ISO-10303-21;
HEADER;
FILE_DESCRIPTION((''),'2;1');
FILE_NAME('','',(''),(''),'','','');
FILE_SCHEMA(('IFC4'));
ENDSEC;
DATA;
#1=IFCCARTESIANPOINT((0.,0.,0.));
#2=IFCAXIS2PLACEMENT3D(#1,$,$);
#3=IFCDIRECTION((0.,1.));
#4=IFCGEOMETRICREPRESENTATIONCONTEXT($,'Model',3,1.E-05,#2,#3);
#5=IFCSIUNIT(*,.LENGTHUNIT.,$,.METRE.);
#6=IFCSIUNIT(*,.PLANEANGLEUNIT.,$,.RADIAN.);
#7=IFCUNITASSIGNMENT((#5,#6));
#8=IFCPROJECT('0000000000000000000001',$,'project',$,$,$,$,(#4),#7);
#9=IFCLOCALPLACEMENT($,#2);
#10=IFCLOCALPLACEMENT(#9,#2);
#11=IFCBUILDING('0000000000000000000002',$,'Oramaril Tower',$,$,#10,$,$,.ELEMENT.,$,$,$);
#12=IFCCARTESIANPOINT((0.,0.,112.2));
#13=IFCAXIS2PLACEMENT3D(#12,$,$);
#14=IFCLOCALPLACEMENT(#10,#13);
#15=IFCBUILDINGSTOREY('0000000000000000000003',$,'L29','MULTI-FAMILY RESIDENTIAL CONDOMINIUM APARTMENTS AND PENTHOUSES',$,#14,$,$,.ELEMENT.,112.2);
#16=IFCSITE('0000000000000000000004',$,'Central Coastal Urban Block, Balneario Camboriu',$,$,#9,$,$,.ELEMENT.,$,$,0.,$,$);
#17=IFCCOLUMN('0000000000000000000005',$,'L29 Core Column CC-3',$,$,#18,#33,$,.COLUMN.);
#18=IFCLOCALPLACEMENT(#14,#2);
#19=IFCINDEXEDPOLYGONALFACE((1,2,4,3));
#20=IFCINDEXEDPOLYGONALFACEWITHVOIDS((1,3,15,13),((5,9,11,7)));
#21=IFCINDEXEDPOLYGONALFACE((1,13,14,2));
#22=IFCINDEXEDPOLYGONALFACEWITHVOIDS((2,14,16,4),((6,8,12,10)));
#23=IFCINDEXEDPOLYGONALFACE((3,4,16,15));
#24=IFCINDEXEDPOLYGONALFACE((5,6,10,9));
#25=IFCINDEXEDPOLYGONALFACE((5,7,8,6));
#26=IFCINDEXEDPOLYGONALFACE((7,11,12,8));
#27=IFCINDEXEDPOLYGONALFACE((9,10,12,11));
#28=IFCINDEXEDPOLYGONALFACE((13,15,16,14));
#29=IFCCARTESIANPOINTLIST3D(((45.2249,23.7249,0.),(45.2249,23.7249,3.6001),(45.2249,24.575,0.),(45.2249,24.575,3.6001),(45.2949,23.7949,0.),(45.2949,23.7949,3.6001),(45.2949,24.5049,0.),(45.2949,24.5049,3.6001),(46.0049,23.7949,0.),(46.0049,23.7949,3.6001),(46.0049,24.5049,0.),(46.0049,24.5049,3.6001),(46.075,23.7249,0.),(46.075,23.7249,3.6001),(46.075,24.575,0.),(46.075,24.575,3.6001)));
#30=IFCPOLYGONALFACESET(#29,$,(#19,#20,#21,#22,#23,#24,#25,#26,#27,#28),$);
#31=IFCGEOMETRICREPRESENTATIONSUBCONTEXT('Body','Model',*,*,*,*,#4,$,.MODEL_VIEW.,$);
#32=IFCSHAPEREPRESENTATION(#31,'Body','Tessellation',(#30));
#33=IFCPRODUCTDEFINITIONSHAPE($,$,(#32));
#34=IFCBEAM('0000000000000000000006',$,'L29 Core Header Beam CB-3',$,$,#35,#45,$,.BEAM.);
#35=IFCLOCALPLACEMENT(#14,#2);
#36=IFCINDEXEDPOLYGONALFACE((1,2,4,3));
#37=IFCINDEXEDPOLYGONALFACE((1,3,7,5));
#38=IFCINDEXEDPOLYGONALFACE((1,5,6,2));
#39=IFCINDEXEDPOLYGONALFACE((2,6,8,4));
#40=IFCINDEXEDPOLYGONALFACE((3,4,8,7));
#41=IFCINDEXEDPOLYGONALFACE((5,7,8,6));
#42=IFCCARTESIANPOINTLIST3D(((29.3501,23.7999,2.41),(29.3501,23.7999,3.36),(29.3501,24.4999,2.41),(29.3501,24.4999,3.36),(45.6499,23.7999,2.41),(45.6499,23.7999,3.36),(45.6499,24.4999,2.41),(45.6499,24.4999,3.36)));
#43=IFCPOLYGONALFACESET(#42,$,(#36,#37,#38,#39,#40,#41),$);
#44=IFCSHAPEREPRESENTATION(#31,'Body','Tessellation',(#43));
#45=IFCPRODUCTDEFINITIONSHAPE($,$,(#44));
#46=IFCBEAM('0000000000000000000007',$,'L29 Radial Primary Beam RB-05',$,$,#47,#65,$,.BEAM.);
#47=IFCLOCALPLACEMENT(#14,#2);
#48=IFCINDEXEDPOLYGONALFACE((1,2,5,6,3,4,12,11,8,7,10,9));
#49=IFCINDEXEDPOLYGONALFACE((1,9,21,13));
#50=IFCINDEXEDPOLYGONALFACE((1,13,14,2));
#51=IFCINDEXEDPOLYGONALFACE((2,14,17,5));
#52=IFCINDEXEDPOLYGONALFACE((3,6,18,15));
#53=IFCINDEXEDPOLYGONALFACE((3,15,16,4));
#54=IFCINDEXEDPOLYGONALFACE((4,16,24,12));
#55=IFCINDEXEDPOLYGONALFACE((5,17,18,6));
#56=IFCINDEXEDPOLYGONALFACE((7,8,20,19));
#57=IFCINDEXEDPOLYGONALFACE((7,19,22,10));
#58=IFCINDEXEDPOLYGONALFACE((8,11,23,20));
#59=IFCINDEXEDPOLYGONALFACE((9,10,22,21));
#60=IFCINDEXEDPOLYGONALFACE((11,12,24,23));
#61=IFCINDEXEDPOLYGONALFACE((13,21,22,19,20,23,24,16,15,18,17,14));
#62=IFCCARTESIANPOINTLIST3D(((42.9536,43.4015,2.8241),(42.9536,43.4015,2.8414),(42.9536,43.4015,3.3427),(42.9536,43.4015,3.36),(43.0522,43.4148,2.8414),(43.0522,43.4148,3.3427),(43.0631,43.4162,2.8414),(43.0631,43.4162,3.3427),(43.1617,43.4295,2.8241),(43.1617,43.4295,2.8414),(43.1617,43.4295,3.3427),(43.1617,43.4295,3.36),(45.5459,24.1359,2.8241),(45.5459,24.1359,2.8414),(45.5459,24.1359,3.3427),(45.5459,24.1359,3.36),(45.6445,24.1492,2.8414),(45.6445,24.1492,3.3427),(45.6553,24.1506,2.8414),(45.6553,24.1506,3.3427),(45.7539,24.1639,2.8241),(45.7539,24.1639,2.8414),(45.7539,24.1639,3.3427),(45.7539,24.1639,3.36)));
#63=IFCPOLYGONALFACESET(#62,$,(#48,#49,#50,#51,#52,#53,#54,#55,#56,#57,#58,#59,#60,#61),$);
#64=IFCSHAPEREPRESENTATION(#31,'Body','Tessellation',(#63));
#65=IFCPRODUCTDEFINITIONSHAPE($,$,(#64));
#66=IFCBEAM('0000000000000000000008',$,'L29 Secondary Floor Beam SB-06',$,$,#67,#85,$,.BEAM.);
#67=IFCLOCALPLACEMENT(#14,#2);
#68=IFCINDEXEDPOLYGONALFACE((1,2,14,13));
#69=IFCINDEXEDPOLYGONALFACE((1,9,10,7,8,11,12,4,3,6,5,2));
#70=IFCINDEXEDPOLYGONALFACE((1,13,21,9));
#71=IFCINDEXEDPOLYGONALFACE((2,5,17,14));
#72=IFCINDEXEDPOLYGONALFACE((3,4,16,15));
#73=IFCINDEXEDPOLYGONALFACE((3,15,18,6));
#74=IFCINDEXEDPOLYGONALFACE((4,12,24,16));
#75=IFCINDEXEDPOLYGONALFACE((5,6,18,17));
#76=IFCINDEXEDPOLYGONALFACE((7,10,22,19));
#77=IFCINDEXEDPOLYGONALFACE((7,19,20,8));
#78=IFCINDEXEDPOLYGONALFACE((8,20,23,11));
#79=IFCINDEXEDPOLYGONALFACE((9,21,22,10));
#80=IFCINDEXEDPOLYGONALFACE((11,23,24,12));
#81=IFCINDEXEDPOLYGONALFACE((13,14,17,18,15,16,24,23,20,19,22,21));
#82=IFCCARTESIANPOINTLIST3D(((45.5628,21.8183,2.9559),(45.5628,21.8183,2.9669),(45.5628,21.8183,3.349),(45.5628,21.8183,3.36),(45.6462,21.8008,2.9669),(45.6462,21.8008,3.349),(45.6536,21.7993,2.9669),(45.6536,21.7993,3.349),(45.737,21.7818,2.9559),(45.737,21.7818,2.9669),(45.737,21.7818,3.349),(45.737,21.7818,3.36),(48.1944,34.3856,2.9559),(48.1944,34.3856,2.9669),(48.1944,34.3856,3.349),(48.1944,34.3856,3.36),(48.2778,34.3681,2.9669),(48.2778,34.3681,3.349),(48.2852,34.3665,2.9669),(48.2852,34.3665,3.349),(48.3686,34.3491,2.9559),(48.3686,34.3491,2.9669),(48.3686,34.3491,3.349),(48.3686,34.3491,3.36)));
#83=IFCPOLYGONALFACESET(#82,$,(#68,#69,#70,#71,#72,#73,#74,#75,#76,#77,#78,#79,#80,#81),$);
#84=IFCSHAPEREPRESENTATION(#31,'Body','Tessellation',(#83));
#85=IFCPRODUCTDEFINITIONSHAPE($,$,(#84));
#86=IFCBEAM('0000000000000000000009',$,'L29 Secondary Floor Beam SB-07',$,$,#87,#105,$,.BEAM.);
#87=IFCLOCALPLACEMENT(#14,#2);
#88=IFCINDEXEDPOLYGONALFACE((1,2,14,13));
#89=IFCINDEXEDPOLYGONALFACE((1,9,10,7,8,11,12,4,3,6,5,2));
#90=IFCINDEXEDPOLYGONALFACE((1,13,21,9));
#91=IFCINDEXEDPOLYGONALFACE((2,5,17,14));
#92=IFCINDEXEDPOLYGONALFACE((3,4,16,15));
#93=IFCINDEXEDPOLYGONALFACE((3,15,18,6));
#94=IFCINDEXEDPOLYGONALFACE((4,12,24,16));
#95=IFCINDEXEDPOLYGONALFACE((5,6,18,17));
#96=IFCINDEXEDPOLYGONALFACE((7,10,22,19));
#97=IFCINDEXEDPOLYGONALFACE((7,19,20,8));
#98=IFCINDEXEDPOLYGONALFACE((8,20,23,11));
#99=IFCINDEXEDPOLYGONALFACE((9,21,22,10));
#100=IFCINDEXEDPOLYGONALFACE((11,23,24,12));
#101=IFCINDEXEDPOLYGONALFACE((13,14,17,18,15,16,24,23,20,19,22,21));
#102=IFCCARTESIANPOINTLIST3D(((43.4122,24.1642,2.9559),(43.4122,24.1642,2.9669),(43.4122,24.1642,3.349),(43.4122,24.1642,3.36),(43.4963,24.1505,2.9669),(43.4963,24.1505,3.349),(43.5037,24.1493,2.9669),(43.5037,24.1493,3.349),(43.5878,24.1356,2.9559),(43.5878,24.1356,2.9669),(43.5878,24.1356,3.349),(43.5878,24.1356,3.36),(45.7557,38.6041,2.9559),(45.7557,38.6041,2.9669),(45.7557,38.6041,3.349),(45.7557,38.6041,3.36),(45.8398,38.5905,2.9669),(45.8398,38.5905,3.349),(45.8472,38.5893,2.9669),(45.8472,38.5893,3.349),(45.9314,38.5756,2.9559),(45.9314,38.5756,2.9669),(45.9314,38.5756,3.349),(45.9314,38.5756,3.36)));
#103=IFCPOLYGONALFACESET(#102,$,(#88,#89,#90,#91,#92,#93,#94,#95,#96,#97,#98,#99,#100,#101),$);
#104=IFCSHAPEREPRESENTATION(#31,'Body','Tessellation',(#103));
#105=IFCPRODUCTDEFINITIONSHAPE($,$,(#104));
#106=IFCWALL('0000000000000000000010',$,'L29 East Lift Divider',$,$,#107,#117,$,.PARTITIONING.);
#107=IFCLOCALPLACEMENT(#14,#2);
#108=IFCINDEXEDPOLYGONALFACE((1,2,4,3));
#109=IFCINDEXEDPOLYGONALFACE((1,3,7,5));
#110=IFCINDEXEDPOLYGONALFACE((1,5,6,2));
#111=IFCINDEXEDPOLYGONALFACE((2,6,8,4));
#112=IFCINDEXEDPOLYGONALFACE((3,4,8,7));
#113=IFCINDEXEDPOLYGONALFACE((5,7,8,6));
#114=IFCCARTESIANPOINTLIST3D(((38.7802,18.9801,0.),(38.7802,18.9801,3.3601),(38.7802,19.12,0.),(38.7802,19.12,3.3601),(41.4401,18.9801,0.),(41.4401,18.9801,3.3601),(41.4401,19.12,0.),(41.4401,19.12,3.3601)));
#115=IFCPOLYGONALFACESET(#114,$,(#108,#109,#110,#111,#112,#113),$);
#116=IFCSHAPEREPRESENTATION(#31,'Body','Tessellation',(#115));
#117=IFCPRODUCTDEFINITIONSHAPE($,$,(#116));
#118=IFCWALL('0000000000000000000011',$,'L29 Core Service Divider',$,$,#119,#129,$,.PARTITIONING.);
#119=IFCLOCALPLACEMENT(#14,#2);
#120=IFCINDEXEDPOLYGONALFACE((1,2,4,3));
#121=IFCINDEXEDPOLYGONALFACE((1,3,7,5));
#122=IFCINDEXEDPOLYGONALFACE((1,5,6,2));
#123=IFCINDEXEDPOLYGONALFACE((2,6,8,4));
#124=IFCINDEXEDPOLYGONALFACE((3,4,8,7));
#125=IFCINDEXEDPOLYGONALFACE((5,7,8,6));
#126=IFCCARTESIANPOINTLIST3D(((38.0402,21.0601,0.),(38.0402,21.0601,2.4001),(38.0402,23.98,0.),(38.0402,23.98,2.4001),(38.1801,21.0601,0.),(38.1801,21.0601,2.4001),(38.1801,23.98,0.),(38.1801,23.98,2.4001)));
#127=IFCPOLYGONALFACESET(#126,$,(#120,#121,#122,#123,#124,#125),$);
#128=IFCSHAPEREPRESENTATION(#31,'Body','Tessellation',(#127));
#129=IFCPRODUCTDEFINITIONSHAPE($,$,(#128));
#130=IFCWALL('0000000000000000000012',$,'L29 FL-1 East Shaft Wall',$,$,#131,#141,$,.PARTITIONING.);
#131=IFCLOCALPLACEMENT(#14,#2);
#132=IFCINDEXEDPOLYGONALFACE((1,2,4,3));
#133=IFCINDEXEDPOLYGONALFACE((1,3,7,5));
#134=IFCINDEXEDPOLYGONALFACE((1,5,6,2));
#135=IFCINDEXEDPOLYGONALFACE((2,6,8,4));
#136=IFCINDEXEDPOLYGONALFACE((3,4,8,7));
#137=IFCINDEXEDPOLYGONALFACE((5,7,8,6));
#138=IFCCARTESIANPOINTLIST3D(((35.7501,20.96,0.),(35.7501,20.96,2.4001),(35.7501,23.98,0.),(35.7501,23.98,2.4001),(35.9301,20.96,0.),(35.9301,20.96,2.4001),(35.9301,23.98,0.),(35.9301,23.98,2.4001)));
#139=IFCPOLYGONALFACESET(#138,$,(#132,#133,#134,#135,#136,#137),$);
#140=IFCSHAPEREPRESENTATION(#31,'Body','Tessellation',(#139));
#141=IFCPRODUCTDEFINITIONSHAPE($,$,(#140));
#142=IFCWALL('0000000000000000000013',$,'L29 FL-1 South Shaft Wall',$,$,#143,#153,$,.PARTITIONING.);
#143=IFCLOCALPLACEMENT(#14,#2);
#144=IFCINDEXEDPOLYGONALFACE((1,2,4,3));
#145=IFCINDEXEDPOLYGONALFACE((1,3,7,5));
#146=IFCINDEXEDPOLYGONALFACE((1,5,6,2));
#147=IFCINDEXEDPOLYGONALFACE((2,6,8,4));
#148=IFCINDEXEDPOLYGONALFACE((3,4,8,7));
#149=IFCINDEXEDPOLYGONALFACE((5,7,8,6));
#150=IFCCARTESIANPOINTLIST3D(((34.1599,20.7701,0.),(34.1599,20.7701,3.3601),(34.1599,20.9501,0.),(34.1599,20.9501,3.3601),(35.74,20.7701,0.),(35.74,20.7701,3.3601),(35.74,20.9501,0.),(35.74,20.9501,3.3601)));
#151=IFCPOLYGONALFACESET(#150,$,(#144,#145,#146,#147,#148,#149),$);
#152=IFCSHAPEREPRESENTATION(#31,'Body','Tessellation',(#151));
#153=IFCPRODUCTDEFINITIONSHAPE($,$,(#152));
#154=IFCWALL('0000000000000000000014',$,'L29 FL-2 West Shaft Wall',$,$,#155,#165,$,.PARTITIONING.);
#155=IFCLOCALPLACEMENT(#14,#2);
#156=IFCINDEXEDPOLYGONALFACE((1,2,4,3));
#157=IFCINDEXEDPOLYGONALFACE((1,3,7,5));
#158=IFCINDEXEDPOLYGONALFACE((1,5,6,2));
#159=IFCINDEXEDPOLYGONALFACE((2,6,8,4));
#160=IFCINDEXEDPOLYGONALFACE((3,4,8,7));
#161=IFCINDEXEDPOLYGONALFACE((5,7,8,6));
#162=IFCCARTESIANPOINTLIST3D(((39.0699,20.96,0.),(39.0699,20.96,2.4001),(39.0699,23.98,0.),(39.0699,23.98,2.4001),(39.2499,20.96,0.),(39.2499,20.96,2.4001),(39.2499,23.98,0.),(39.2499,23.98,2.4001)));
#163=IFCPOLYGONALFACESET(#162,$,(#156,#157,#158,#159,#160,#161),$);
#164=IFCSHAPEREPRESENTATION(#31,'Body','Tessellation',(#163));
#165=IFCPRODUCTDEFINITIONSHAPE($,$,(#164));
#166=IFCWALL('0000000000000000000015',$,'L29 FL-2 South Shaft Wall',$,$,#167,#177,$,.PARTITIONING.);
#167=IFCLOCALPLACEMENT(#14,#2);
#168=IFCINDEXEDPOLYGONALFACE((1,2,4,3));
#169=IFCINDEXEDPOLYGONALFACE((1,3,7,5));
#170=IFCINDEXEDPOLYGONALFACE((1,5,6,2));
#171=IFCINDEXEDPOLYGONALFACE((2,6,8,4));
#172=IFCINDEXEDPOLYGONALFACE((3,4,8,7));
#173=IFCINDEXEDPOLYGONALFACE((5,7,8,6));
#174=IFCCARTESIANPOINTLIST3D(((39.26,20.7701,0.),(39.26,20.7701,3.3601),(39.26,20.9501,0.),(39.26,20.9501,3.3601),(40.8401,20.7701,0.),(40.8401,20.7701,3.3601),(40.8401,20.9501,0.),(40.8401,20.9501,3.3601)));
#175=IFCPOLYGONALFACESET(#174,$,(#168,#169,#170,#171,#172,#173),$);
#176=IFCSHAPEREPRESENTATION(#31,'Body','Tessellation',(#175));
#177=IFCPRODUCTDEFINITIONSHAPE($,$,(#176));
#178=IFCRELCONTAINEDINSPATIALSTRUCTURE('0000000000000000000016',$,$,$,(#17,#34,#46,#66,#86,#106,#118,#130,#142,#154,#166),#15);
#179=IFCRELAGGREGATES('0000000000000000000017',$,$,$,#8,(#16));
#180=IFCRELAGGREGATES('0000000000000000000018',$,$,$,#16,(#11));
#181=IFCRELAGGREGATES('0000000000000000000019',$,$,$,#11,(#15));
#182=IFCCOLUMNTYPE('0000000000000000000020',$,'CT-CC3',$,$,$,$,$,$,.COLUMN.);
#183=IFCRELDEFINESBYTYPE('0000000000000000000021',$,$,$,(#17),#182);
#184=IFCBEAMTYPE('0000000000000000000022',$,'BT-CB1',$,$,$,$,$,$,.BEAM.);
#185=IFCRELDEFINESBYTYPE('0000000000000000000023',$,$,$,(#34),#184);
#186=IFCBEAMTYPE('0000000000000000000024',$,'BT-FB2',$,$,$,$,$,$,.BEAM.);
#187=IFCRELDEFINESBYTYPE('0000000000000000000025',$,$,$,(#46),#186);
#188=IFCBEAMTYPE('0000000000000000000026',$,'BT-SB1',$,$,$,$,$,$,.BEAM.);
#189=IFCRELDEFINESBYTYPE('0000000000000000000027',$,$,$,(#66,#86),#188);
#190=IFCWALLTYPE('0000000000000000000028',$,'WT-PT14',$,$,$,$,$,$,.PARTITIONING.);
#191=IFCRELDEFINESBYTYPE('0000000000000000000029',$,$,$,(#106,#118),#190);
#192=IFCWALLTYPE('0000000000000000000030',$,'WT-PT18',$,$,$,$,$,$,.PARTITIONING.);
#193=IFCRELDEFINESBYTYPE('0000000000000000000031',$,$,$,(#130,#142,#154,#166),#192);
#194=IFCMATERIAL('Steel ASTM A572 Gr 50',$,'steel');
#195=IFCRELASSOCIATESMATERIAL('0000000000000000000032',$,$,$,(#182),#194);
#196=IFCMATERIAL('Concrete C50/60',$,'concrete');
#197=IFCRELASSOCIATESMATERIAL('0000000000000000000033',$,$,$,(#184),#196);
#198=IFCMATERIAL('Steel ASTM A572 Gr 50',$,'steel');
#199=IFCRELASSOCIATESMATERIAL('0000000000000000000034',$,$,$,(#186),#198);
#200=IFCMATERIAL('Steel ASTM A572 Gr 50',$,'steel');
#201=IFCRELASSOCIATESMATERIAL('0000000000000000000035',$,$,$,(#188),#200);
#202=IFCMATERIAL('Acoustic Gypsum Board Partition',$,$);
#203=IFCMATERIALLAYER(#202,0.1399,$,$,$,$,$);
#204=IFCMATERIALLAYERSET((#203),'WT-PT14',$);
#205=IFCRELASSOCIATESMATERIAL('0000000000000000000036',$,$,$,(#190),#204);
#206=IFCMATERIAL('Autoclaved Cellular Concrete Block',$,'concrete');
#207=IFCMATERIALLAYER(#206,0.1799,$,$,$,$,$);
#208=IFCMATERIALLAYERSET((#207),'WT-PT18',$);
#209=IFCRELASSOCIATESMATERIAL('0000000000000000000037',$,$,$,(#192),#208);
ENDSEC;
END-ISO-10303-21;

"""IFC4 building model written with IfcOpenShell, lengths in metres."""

from ifc_helpers import new_model, si_unit, direction, frame, frame_2d, origin, origin_2d, place, context, subcontext, project, spatial, rectangle, hollow_rectangle, i_section, extrude, material, layer, layer_set, material_profile, profile_set, type_object, element, save


model = new_model("IFC4")

# Units and contexts
model_context = context("Model", 3, precision=1e-05, world=origin(), true_north=direction((0.0, 1.0)))
body_context = subcontext(model_context, "Body", "Model", "MODEL_VIEW")
ifc_project = project(units=[si_unit("LENGTHUNIT", "METRE"), si_unit("PLANEANGLEUNIT", "RADIAN")], contexts=[model_context])

# Site, building, storey
site_placement = place(None, origin())
site = spatial("IfcSite", under=ifc_project, at=site_placement, Name="Central Coastal Urban Block, Balneario Camboriu", CompositionType="ELEMENT", RefElevation=0.0)
building_placement = place(site_placement, origin())
building = spatial("IfcBuilding", under=site, at=building_placement, Name="Oramaril Tower", CompositionType="ELEMENT")
storey_placement = place(building_placement, frame((0.0, 0.0, 112.2)))
storey = spatial("IfcBuildingStorey", under=building, at=storey_placement, Name="L29", Description="MULTI-FAMILY RESIDENTIAL CONDOMINIUM APARTMENTS AND PENTHOUSES", CompositionType="ELEMENT", Elevation=112.2)

# Column
ifc_material_1 = material(Name="Steel ASTM A572 Gr 50", Category="steel")
ifc_material_profile_1 = material_profile(ifc_material_1, hollow_rectangle(XDim=0.8501, YDim=0.8501, WallThickness=0.0701, at=origin_2d()), Name="BOX850X850X70")
ifc_profile_set_1 = profile_set([ifc_material_profile_1], Name="Steel ASTM A572 Gr 50")
column_type = type_object("IfcColumnType", Name="CT-CC3", PredefinedType="COLUMN", material=ifc_profile_set_1)
column_placement = place(storey_placement, frame((45.6499, 24.1499, 0.0), z_axis=(0.0, 0.0, 1.0), x_axis=(1.0, 0.0, 0.0)))
element("IfcColumn", 1, at=column_placement, inside=storey, type_object=column_type, Name="L29 Core Column CC-3", PredefinedType="COLUMN", context=body_context, shape_type="SweptSolid", body=[
    extrude(hollow_rectangle(XDim=0.8501, YDim=0.8501, WallThickness=0.0701, at=origin_2d()), origin(), (0.0, 0.0, 1.0), 3.6001),
])

# Beams
ifc_material_2 = material(Name="Concrete C50/60", Category="concrete")
ifc_material_profile_2 = material_profile(ifc_material_2, rectangle(XDim=0.7, YDim=0.95, at=origin_2d()), Name="CB700X950")
ifc_profile_set_2 = profile_set([ifc_material_profile_2], Name="Concrete C50/60")
beam_type_1 = type_object("IfcBeamType", Name="BT-CB1", PredefinedType="BEAM", material=ifc_profile_set_2)
beam_1_placement = place(storey_placement, frame((45.6499, 24.1499, 2.885), z_axis=(-1.0, 0.0, 0.0), x_axis=(0.0, -1.0, 0.0)))
element("IfcBeam", 2, at=beam_1_placement, inside=storey, type_object=beam_type_1, Name="L29 Core Header Beam CB-3", PredefinedType="BEAM", context=body_context, shape_type="SweptSolid", body=[
    extrude(rectangle(XDim=0.7, YDim=0.95, at=origin_2d()), origin(), (0.0, 0.0, 1.0), 16.2998),
])
ifc_material_3 = material(Name="Steel ASTM A572 Gr 50", Category="steel")
ifc_material_profile_3 = material_profile(ifc_material_3, i_section(OverallWidth=0.21, OverallDepth=0.5359, WebThickness=0.011, FlangeThickness=0.0173, at=origin_2d()), Name="W21X68")
ifc_profile_set_3 = profile_set([ifc_material_profile_3], Name="Steel ASTM A572 Gr 50")
beam_type_2 = type_object("IfcBeamType", Name="BT-FB2", PredefinedType="BEAM", material=ifc_profile_set_3)
beam_2_placement = place(storey_placement, frame((45.6499, 24.1499, 3.092), z_axis=(-0.133353, 0.991069, 0.0), x_axis=(-0.991069, -0.133353, 0.0)))
element("IfcBeam", 3, at=beam_2_placement, inside=storey, type_object=beam_type_2, Name="L29 Radial Primary Beam RB-05", PredefinedType="BEAM", context=body_context, shape_type="SweptSolid", body=[
    extrude(i_section(OverallWidth=0.21, OverallDepth=0.5359, WebThickness=0.011, FlangeThickness=0.0173, at=origin_2d()), origin(), (0.0, 0.0, 1.0), 19.4392),
])
ifc_material_4 = material(Name="Steel ASTM A572 Gr 50", Category="steel")
ifc_material_profile_4 = material_profile(ifc_material_4, i_section(OverallWidth=0.178, OverallDepth=0.4041, WebThickness=0.0076, FlangeThickness=0.011, at=origin_2d()), Name="W16X36")
ifc_profile_set_4 = profile_set([ifc_material_profile_4], Name="Steel ASTM A572 Gr 50")
beam_type_3 = type_object("IfcBeamType", Name="BT-SB1", PredefinedType="BEAM", material=ifc_profile_set_4)
beam_3_placement = place(storey_placement, frame((45.6499, 21.8, 3.158), z_axis=(0.204953, 0.978772, 0.0), x_axis=(-0.978772, 0.204953, 0.0)))
element("IfcBeam", 4, at=beam_3_placement, inside=storey, type_object=beam_type_3, Name="L29 Secondary Floor Beam SB-06", PredefinedType="BEAM", context=body_context, shape_type="SweptSolid", body=[
    extrude(i_section(OverallWidth=0.178, OverallDepth=0.4041, WebThickness=0.0076, FlangeThickness=0.011, at=origin_2d()), origin(), (0.0, 0.0, 1.0), 12.8398),
])
beam_4_placement = place(storey_placement, frame((43.5, 24.1499, 3.158), z_axis=(0.160197, 0.987085, 0.0), x_axis=(-0.987085, 0.160197, 0.0)))
element("IfcBeam", 5, at=beam_4_placement, inside=storey, type_object=beam_type_3, Name="L29 Secondary Floor Beam SB-07", PredefinedType="BEAM", context=body_context, shape_type="SweptSolid", body=[
    extrude(i_section(OverallWidth=0.178, OverallDepth=0.4041, WebThickness=0.0076, FlangeThickness=0.011, at=origin_2d()), origin(), (0.0, 0.0, 1.0), 14.6289),
])

# Walls
ifc_material_5 = material(Name="Acoustic Gypsum Board Partition")
ifc_layer_1 = layer(ifc_material_5, 0.1399)
ifc_layer_set_1 = layer_set([ifc_layer_1], Name="WT-PT14")
wall_type_1 = type_object("IfcWallType", Name="WT-PT14", PredefinedType="PARTITIONING", material=ifc_layer_set_1)
wall_1_placement = place(storey_placement, frame((38.78, 19.05, 0.0), z_axis=(0.0, 0.0, 1.0), x_axis=(1.0, 0.0, 0.0)))
element("IfcWall", 6, at=wall_1_placement, inside=storey, type_object=wall_type_1, Name="L29 East Lift Divider", PredefinedType="PARTITIONING", context=body_context, shape_type="SweptSolid", body=[
    extrude(rectangle(XDim=2.6599, YDim=0.1399, at=frame_2d((1.3301, 0.0))), origin(), (0.0, 0.0, 1.0), 3.3601),
])
wall_2_placement = place(storey_placement, frame((38.1101, 21.0601, 0.0), z_axis=(0.0, 0.0, 1.0), x_axis=(0.0, 1.0, 0.0)))
element("IfcWall", 7, at=wall_2_placement, inside=storey, type_object=wall_type_1, Name="L29 Core Service Divider", PredefinedType="PARTITIONING", context=body_context, shape_type="SweptSolid", body=[
    extrude(rectangle(XDim=2.9199, YDim=0.1399, at=frame_2d((1.46, 0.0))), origin(), (0.0, 0.0, 1.0), 2.4001),
])
ifc_material_6 = material(Name="Autoclaved Cellular Concrete Block", Category="concrete")
ifc_layer_2 = layer(ifc_material_6, 0.1799)
ifc_layer_set_2 = layer_set([ifc_layer_2], Name="WT-PT18")
wall_type_2 = type_object("IfcWallType", Name="WT-PT18", PredefinedType="PARTITIONING", material=ifc_layer_set_2)
wall_3_placement = place(storey_placement, frame((35.8401, 20.96, 0.0), z_axis=(0.0, 0.0, 1.0), x_axis=(0.0, 1.0, 0.0)))
element("IfcWall", 8, at=wall_3_placement, inside=storey, type_object=wall_type_2, Name="L29 FL-1 East Shaft Wall", PredefinedType="PARTITIONING", context=body_context, shape_type="SweptSolid", body=[
    extrude(rectangle(XDim=3.02, YDim=0.1799, at=frame_2d((1.51, 0.0))), origin(), (0.0, 0.0, 1.0), 2.4001),
])
wall_4_placement = place(storey_placement, frame((34.1599, 20.8601, 0.0), z_axis=(0.0, 0.0, 1.0), x_axis=(1.0, 0.0, 0.0)))
element("IfcWall", 9, at=wall_4_placement, inside=storey, type_object=wall_type_2, Name="L29 FL-1 South Shaft Wall", PredefinedType="PARTITIONING", context=body_context, shape_type="SweptSolid", body=[
    extrude(rectangle(XDim=1.5801, YDim=0.1799, at=frame_2d((0.79, 0.0))), origin(), (0.0, 0.0, 1.0), 3.3601),
])
wall_5_placement = place(storey_placement, frame((39.1599, 20.96, 0.0), z_axis=(0.0, 0.0, 1.0), x_axis=(0.0, 1.0, 0.0)))
element("IfcWall", 10, at=wall_5_placement, inside=storey, type_object=wall_type_2, Name="L29 FL-2 West Shaft Wall", PredefinedType="PARTITIONING", context=body_context, shape_type="SweptSolid", body=[
    extrude(rectangle(XDim=3.02, YDim=0.1799, at=frame_2d((1.51, 0.0))), origin(), (0.0, 0.0, 1.0), 2.4001),
])
wall_6_placement = place(storey_placement, frame((39.26, 20.8601, 0.0), z_axis=(0.0, 0.0, 1.0), x_axis=(1.0, 0.0, 0.0)))
element("IfcWall", 11, at=wall_6_placement, inside=storey, type_object=wall_type_2, Name="L29 FL-2 South Shaft Wall", PredefinedType="PARTITIONING", context=body_context, shape_type="SweptSolid", body=[
    extrude(rectangle(XDim=1.5801, YDim=0.1799, at=frame_2d((0.79, 0.0))), origin(), (0.0, 0.0, 1.0), 3.3601),
])

save(model, "model.ifc")
